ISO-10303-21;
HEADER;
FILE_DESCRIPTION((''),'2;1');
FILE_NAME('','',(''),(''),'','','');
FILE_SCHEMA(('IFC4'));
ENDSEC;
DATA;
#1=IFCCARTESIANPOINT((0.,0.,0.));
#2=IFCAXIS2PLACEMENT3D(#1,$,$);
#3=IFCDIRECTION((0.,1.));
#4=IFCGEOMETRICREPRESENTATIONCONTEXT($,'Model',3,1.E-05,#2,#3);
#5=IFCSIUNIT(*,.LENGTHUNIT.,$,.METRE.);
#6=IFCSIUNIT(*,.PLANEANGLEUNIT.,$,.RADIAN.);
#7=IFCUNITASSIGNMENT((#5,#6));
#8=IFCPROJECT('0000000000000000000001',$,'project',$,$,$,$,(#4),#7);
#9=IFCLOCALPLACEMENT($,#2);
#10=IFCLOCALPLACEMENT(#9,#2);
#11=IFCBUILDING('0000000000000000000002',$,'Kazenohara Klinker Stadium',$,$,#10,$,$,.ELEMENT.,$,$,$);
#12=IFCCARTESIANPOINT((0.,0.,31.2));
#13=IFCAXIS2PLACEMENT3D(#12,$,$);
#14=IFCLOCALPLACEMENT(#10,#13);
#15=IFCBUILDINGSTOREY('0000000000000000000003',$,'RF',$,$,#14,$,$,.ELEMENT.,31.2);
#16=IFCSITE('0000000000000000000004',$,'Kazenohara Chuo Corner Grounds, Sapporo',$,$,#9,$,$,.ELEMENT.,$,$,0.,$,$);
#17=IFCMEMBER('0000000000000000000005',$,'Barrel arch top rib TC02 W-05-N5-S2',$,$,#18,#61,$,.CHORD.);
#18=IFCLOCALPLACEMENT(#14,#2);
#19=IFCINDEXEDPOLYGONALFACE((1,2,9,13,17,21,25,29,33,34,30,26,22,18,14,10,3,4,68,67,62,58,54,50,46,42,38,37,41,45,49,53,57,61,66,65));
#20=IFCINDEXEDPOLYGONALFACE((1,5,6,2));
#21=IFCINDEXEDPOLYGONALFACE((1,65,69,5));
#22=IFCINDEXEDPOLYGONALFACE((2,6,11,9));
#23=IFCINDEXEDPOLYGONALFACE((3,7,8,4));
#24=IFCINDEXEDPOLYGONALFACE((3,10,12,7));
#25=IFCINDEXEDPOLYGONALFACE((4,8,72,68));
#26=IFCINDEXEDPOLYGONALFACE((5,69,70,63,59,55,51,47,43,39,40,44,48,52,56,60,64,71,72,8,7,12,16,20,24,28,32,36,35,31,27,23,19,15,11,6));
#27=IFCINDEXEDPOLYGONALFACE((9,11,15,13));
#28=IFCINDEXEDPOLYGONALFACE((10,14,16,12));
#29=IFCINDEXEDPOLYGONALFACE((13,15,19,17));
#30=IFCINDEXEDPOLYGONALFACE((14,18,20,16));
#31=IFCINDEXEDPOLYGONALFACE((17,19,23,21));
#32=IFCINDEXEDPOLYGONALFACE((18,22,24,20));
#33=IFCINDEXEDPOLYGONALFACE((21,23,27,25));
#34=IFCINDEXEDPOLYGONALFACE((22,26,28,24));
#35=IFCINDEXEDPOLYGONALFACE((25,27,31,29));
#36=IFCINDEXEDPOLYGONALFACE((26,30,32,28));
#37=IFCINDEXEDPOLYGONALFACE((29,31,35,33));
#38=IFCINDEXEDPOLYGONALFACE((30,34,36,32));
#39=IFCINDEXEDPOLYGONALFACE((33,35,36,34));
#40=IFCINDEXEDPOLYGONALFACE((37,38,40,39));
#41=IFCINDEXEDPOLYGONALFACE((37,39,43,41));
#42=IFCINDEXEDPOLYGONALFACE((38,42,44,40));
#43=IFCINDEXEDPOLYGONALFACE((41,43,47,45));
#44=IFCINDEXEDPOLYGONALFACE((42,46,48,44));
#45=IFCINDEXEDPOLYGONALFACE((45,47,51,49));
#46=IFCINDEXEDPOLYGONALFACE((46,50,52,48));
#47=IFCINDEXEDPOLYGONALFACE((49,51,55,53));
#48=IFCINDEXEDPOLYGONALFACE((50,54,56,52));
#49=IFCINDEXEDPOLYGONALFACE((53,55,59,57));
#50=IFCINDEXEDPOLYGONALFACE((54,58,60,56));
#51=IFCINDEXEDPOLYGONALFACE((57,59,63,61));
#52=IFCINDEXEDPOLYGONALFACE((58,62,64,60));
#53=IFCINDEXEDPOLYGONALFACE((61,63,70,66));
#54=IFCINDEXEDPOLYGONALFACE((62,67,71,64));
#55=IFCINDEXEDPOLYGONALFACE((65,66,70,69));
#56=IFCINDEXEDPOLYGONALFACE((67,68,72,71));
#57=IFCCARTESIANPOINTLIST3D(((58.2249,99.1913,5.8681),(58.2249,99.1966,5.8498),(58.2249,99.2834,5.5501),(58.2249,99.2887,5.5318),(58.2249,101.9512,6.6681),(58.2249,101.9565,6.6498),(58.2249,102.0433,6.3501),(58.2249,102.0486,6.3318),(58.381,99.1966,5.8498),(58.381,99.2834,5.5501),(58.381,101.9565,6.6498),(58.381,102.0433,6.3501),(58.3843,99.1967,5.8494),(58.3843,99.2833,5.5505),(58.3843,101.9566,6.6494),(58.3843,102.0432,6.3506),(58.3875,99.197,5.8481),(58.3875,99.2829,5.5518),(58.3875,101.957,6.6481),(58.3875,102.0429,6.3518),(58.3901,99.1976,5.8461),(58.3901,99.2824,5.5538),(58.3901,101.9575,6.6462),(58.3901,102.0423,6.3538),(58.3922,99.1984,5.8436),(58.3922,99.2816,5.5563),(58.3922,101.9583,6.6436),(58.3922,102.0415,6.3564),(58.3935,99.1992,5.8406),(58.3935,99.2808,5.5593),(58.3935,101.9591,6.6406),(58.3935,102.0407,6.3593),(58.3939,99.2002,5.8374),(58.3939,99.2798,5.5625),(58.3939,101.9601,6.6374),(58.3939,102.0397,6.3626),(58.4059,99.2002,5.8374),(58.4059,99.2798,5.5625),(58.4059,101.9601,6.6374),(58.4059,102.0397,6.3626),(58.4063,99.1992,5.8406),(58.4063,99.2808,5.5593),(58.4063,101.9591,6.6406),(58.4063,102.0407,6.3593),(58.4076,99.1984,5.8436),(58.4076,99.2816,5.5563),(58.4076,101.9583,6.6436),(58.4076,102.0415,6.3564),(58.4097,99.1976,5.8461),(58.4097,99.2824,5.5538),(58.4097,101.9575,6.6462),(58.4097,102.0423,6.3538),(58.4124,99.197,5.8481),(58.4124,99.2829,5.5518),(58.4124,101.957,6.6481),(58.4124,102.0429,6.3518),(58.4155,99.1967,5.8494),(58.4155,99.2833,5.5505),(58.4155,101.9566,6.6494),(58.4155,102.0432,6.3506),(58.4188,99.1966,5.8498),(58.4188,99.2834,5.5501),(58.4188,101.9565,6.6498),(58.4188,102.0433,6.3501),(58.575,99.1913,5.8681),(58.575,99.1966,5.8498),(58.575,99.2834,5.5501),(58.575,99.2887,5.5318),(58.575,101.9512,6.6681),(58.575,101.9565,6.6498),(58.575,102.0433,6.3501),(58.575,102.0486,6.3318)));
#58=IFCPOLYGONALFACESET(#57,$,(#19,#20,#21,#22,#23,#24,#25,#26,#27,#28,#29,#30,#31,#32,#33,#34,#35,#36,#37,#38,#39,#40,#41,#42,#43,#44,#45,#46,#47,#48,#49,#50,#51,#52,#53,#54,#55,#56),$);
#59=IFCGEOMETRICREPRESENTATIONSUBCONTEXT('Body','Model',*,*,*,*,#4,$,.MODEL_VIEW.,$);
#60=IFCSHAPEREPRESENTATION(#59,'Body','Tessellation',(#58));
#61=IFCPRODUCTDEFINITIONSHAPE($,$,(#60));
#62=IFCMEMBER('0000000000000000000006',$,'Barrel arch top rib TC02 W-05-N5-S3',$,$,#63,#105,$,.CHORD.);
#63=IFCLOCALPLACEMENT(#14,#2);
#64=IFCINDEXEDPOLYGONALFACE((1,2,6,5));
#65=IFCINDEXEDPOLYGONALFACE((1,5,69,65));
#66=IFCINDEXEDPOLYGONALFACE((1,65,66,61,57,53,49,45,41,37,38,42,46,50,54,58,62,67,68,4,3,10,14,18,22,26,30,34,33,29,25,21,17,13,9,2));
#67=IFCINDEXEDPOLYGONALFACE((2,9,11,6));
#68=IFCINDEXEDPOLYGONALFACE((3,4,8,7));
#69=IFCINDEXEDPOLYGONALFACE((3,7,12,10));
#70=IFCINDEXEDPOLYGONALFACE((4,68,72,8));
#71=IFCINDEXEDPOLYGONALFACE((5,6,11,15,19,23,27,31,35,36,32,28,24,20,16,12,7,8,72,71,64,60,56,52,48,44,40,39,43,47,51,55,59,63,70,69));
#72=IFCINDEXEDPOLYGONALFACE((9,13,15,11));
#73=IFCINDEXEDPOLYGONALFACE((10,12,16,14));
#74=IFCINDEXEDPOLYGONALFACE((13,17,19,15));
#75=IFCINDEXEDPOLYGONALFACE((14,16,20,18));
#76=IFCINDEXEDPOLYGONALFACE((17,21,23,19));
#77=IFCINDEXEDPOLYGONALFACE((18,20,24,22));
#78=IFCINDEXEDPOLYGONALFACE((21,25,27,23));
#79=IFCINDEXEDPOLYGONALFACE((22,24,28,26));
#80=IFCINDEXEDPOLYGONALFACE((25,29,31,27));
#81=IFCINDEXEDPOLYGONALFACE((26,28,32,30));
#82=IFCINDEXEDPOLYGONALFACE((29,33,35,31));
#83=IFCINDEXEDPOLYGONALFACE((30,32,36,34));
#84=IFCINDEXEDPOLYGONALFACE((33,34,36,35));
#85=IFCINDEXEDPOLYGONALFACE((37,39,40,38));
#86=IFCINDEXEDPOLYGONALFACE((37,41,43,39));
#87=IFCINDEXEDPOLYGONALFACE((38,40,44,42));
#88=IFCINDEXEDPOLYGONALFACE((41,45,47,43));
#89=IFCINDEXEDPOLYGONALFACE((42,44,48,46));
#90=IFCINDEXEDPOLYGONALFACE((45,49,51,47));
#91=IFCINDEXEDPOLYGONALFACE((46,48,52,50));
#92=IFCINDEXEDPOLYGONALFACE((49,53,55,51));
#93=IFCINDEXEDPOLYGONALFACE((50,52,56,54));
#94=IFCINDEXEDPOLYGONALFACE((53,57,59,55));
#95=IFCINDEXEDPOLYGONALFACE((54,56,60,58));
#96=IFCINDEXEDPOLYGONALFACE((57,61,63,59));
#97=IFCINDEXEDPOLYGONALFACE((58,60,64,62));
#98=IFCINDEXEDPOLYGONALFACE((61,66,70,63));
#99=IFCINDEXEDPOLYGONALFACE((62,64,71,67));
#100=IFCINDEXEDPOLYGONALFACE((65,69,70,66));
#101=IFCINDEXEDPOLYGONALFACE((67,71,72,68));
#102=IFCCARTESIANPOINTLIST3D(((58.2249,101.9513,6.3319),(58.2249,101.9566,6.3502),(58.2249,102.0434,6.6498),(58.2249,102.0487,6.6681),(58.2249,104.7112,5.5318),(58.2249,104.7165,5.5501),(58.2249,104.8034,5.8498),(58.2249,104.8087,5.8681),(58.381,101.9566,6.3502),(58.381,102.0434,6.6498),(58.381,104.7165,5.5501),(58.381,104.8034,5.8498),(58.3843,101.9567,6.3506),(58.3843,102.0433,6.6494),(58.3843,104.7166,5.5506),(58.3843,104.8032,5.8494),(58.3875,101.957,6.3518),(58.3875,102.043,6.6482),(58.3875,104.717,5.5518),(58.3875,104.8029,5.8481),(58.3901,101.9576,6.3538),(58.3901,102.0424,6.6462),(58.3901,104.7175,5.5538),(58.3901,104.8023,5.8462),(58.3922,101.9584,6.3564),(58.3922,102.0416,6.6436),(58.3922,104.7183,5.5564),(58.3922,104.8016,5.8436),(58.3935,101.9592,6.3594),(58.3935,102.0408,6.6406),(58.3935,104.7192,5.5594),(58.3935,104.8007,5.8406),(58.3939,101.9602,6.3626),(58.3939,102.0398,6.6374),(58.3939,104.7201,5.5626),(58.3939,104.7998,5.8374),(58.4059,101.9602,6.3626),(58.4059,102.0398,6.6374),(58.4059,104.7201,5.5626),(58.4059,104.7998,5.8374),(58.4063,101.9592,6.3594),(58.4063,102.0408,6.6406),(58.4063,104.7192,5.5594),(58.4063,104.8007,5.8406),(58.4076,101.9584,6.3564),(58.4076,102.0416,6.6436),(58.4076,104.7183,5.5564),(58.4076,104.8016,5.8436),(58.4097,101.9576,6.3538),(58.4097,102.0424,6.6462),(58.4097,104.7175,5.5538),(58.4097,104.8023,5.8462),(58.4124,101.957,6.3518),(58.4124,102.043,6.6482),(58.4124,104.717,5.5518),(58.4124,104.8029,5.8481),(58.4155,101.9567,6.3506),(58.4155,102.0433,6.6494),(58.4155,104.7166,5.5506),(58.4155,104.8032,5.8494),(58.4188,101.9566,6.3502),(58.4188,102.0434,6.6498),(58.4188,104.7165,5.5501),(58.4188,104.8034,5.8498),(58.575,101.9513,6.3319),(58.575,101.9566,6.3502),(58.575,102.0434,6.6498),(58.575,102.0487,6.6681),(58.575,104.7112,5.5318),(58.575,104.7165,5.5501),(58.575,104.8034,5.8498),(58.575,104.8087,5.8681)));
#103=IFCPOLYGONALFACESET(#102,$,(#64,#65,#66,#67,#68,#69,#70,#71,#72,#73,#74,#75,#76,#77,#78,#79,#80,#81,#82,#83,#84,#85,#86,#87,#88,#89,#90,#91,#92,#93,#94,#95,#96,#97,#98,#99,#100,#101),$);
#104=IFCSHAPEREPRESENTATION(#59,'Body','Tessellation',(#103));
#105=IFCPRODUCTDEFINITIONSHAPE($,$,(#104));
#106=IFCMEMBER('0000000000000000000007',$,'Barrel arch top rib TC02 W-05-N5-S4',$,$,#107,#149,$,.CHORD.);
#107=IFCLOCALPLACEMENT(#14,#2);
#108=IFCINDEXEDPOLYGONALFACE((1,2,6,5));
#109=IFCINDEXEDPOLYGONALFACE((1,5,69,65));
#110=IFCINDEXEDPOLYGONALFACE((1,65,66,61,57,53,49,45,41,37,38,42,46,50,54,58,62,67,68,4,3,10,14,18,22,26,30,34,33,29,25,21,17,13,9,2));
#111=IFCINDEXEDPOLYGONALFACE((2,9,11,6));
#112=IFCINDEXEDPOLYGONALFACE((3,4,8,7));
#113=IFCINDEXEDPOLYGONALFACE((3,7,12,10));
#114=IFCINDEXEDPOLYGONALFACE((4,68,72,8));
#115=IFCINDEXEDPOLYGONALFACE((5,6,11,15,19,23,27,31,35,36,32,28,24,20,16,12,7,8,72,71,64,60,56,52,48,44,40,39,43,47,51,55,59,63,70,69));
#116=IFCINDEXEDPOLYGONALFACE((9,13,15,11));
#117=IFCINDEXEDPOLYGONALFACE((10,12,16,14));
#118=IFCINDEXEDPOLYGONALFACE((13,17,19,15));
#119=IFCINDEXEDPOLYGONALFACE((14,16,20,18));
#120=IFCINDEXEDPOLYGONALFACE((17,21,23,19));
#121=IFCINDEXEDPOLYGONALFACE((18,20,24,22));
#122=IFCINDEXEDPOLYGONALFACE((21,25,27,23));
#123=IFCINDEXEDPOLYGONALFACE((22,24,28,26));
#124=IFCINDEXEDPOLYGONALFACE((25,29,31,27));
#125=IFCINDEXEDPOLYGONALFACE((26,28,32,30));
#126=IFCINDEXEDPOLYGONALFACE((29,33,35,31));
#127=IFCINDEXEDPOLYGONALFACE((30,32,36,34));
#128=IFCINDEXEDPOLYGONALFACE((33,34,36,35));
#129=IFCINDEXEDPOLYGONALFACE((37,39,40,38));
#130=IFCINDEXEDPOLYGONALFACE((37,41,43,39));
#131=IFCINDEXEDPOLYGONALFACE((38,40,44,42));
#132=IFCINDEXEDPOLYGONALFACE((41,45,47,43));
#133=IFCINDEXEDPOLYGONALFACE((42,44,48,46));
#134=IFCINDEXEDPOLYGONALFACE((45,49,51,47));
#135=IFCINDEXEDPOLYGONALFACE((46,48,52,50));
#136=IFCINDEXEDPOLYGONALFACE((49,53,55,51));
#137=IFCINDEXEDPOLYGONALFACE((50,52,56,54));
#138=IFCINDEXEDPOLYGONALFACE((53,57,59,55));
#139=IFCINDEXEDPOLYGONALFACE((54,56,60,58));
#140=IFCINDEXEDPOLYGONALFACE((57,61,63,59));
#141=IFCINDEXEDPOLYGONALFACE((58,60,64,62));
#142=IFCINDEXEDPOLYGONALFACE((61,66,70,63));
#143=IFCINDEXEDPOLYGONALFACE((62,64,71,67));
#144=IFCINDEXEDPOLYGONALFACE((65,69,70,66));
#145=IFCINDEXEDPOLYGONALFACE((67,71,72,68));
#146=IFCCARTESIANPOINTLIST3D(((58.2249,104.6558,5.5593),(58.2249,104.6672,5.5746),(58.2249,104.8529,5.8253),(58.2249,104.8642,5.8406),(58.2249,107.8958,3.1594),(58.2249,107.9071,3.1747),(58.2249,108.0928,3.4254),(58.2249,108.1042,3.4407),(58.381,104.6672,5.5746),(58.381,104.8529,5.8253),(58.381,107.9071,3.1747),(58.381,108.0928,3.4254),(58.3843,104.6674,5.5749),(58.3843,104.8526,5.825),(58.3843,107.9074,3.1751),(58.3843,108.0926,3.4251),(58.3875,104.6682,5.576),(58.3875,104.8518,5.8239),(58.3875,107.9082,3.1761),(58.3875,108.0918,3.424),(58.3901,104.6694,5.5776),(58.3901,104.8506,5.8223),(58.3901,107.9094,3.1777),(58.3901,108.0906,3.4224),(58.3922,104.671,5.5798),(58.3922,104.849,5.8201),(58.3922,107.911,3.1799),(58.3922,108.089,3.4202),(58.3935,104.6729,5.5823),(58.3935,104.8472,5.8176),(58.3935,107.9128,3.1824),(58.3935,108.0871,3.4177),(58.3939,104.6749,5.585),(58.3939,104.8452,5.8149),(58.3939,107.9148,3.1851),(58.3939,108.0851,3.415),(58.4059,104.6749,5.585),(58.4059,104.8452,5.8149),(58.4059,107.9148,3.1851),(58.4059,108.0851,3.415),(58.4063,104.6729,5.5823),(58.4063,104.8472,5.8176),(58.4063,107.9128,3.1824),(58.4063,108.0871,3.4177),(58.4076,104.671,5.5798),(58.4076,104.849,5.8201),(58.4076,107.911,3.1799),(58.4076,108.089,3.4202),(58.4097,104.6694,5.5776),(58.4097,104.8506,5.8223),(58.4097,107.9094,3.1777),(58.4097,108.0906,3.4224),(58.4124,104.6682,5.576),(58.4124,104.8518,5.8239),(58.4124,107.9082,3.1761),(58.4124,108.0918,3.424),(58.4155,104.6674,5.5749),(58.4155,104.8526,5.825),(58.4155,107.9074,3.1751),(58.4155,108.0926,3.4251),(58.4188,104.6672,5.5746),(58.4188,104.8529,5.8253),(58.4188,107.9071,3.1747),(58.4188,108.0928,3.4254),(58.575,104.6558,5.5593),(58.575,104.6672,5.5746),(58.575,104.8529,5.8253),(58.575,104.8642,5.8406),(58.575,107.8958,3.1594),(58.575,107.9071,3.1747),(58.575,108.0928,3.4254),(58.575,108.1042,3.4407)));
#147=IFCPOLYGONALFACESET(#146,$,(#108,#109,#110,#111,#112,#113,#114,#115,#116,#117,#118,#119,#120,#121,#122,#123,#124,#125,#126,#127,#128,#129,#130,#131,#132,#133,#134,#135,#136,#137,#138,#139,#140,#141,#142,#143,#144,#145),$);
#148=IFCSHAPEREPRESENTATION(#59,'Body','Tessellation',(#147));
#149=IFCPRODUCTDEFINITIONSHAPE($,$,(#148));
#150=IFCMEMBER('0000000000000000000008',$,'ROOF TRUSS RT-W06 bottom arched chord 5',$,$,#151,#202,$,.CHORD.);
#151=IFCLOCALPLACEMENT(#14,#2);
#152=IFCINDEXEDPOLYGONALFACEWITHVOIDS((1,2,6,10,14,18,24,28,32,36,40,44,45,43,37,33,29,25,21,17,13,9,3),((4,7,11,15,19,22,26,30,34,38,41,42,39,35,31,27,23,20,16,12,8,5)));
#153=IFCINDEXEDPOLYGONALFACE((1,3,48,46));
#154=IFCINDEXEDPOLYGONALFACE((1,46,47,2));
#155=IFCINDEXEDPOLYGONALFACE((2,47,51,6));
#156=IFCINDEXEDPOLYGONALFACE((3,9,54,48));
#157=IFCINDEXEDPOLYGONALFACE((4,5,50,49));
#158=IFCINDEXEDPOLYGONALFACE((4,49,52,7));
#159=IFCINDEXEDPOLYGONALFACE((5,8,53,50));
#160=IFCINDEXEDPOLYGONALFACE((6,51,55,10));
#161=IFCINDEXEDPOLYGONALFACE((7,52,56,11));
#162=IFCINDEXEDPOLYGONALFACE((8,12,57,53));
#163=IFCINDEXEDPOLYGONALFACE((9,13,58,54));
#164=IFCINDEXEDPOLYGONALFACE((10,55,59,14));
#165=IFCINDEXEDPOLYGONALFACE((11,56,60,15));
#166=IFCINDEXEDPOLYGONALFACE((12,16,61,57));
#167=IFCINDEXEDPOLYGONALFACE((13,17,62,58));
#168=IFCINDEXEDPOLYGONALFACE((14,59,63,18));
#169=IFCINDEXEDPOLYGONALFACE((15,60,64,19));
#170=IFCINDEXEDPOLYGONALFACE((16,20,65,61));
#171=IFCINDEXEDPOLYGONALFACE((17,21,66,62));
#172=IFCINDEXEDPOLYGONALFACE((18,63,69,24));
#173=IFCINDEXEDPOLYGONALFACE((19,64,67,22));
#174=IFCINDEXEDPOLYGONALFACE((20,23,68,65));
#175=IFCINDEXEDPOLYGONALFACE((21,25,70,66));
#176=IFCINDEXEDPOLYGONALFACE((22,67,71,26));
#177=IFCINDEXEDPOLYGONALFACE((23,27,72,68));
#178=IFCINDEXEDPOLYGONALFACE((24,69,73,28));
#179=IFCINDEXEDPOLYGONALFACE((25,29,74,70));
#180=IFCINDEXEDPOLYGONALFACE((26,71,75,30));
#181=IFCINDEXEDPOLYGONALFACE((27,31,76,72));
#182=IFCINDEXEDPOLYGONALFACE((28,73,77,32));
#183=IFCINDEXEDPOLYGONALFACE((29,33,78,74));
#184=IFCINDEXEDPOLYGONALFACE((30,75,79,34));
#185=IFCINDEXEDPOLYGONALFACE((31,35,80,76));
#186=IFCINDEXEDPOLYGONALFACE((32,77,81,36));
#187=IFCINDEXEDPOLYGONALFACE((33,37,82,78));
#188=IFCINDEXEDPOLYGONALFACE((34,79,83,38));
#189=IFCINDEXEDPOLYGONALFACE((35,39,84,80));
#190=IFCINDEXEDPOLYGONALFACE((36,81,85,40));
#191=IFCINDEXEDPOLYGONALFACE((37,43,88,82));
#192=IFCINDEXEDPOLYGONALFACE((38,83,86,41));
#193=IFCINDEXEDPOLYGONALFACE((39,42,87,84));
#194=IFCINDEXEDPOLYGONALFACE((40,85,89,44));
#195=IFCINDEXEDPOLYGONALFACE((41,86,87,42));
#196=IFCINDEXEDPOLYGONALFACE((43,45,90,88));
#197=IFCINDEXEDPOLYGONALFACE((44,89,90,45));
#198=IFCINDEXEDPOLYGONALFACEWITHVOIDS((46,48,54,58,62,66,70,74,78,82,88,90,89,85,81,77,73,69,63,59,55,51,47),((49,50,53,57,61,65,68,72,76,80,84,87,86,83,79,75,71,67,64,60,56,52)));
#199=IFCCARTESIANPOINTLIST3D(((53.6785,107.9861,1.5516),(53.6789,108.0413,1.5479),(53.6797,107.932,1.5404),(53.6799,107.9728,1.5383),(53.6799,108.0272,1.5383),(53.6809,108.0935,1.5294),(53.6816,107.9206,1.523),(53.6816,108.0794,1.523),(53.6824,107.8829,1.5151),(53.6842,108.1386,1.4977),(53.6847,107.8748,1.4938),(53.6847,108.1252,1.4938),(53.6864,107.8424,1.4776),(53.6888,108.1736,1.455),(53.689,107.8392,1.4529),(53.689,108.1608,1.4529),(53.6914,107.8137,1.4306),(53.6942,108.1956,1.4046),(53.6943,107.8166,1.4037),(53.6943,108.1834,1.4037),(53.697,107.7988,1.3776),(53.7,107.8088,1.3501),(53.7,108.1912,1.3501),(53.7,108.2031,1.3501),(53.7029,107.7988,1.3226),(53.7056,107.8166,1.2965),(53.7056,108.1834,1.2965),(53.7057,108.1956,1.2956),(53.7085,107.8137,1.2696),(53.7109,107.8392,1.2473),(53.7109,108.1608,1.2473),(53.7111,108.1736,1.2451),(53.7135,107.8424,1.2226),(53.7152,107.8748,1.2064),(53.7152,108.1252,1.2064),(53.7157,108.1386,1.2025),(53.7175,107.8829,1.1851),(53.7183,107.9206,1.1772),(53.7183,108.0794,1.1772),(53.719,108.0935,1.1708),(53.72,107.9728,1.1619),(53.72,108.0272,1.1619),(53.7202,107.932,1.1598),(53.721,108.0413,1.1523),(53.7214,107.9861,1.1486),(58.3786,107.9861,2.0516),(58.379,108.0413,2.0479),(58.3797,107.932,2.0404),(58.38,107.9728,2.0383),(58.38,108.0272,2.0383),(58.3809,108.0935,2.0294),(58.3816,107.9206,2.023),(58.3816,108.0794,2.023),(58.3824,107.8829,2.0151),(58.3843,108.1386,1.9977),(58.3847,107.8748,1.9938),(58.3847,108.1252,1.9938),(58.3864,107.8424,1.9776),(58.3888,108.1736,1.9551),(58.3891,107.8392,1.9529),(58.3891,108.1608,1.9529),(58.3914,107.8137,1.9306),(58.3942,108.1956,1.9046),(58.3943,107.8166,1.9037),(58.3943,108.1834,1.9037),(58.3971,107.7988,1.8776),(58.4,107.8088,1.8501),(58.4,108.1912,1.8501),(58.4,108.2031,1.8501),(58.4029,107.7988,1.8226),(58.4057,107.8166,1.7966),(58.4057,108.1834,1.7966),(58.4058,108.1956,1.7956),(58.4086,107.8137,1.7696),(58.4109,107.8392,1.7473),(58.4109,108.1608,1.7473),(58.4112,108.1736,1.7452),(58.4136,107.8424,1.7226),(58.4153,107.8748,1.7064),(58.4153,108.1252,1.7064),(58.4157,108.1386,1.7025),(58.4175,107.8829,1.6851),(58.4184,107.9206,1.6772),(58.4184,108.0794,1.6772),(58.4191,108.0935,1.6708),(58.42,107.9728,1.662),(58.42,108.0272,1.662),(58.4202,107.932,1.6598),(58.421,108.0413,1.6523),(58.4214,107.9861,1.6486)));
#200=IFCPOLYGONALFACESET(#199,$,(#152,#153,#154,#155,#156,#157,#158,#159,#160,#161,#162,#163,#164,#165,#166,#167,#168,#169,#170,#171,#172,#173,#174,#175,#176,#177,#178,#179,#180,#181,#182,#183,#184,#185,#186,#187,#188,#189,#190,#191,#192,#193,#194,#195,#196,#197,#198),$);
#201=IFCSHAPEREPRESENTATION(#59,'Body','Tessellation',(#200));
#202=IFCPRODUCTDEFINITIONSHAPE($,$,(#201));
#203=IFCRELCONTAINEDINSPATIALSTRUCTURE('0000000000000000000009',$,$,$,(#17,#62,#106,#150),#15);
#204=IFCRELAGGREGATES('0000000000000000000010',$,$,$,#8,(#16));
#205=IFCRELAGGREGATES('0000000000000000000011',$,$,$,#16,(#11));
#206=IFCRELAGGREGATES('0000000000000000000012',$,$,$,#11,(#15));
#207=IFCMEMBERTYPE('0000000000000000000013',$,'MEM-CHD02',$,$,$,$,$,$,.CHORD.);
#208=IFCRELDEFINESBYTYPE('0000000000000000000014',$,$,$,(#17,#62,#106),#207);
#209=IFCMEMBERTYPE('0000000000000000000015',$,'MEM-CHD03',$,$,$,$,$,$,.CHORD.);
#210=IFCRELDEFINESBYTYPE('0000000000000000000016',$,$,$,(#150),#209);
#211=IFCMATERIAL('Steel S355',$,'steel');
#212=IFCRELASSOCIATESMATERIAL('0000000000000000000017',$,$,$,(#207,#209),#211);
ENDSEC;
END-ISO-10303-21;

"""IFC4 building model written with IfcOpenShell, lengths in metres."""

from ifc_helpers import new_model, si_unit, direction, frame, origin, origin_2d, place, context, subcontext, project, spatial, hollow_circle, i_section, extrude, material, material_profile, profile_set, type_object, element, save


model = new_model("IFC4")

# Units and contexts
model_context = context("Model", 3, precision=1e-05, world=origin(), true_north=direction((0.0, 1.0)))
body_context = subcontext(model_context, "Body", "Model", "MODEL_VIEW")
ifc_project = project(units=[si_unit("LENGTHUNIT", "METRE"), si_unit("PLANEANGLEUNIT", "RADIAN")], contexts=[model_context])

# Site, building, storey
site_placement = place(None, origin())
site = spatial("IfcSite", under=ifc_project, at=site_placement, Name="Kazenohara Chuo Corner Grounds, Sapporo", CompositionType="ELEMENT", RefElevation=0.0)
building_placement = place(site_placement, origin())
building = spatial("IfcBuilding", under=site, at=building_placement, Name="Kazenohara Klinker Stadium", CompositionType="ELEMENT")
storey_placement = place(building_placement, frame((0.0, 0.0, 31.2)))
storey = spatial("IfcBuildingStorey", under=building, at=storey_placement, Name="RF", CompositionType="ELEMENT", Elevation=31.2)

# Members
ifc_material = material(Name="Steel S355", Category="steel")
ifc_material_profile_1 = material_profile(ifc_material, i_section(OverallWidth=0.3501, OverallDepth=0.3501, WebThickness=0.012, FlangeThickness=0.019, FilletRadius=0.0129, at=origin_2d()), Name="H-350x350x12x19")
ifc_profile_set_1 = profile_set([ifc_material_profile_1], Name="Steel S355")
member_type_1 = type_object("IfcMemberType", Name="MEM-CHD02", PredefinedType="CHORD", material=ifc_profile_set_1)
for number, where, z_axis, x_axis, name in (
    (1, (58.3999, 99.24, 5.7), (0.0, 0.960462, 0.278411), (-1.0, 0.0, 0.0), "Barrel arch top rib TC02 W-05-N5-S2"),
    (2, (58.3999, 102.0, 6.5), (0.0, 0.960462, -0.278411), (-1.0, 0.0, 0.0), "Barrel arch top rib TC02 W-05-N5-S3"),
):
    element("IfcMember", number, at=place(storey_placement, frame(where, z_axis=z_axis, x_axis=x_axis)), inside=storey, type_object=member_type_1, Name=name, PredefinedType="CHORD", context=body_context, shape_type="SweptSolid", body=[
        extrude(i_section(OverallWidth=0.3501, OverallDepth=0.3501, WebThickness=0.012, FlangeThickness=0.019, FilletRadius=0.0129, at=origin_2d()), origin(), (0.0, 0.0, 1.0), 2.8735),
    ])
member_1_placement = place(storey_placement, frame((58.3999, 104.76, 5.7), z_axis=(0.0, 0.803568, -0.595213), x_axis=(-1.0, 0.0, 0.0)))
element("IfcMember", 3, at=member_1_placement, inside=storey, type_object=member_type_1, Name="Barrel arch top rib TC02 W-05-N5-S4", PredefinedType="CHORD", context=body_context, shape_type="SweptSolid", body=[
    extrude(i_section(OverallWidth=0.3501, OverallDepth=0.3501, WebThickness=0.012, FlangeThickness=0.019, FilletRadius=0.0129, at=origin_2d()), origin(), (0.0, 0.0, 1.0), 4.032),
])
ifc_material_profile_2 = material_profile(ifc_material, hollow_circle(Radius=0.2031, WallThickness=0.012, at=origin_2d()), Name="CHS-406.4x12")
ifc_profile_set_2 = profile_set([ifc_material_profile_2], Name="Steel S355")
member_type_2 = type_object("IfcMemberType", Name="MEM-CHD03", PredefinedType="CHORD", material=ifc_profile_set_2)
member_2_placement = place(storey_placement, frame((53.7, 108.0, 1.3501), z_axis=(0.994389, 0.0, 0.105787), x_axis=(0.0, 1.0, 0.0)))
element("IfcMember", 4, at=member_2_placement, inside=storey, type_object=member_type_2, Name="ROOF TRUSS RT-W06 bottom arched chord 5", PredefinedType="CHORD", context=body_context, shape_type="SweptSolid", body=[
    extrude(hollow_circle(Radius=0.2031, WallThickness=0.012, at=origin_2d()), origin(), (0.0, 0.0, 1.0), 4.7266),
])

save(model, "model.ifc")
